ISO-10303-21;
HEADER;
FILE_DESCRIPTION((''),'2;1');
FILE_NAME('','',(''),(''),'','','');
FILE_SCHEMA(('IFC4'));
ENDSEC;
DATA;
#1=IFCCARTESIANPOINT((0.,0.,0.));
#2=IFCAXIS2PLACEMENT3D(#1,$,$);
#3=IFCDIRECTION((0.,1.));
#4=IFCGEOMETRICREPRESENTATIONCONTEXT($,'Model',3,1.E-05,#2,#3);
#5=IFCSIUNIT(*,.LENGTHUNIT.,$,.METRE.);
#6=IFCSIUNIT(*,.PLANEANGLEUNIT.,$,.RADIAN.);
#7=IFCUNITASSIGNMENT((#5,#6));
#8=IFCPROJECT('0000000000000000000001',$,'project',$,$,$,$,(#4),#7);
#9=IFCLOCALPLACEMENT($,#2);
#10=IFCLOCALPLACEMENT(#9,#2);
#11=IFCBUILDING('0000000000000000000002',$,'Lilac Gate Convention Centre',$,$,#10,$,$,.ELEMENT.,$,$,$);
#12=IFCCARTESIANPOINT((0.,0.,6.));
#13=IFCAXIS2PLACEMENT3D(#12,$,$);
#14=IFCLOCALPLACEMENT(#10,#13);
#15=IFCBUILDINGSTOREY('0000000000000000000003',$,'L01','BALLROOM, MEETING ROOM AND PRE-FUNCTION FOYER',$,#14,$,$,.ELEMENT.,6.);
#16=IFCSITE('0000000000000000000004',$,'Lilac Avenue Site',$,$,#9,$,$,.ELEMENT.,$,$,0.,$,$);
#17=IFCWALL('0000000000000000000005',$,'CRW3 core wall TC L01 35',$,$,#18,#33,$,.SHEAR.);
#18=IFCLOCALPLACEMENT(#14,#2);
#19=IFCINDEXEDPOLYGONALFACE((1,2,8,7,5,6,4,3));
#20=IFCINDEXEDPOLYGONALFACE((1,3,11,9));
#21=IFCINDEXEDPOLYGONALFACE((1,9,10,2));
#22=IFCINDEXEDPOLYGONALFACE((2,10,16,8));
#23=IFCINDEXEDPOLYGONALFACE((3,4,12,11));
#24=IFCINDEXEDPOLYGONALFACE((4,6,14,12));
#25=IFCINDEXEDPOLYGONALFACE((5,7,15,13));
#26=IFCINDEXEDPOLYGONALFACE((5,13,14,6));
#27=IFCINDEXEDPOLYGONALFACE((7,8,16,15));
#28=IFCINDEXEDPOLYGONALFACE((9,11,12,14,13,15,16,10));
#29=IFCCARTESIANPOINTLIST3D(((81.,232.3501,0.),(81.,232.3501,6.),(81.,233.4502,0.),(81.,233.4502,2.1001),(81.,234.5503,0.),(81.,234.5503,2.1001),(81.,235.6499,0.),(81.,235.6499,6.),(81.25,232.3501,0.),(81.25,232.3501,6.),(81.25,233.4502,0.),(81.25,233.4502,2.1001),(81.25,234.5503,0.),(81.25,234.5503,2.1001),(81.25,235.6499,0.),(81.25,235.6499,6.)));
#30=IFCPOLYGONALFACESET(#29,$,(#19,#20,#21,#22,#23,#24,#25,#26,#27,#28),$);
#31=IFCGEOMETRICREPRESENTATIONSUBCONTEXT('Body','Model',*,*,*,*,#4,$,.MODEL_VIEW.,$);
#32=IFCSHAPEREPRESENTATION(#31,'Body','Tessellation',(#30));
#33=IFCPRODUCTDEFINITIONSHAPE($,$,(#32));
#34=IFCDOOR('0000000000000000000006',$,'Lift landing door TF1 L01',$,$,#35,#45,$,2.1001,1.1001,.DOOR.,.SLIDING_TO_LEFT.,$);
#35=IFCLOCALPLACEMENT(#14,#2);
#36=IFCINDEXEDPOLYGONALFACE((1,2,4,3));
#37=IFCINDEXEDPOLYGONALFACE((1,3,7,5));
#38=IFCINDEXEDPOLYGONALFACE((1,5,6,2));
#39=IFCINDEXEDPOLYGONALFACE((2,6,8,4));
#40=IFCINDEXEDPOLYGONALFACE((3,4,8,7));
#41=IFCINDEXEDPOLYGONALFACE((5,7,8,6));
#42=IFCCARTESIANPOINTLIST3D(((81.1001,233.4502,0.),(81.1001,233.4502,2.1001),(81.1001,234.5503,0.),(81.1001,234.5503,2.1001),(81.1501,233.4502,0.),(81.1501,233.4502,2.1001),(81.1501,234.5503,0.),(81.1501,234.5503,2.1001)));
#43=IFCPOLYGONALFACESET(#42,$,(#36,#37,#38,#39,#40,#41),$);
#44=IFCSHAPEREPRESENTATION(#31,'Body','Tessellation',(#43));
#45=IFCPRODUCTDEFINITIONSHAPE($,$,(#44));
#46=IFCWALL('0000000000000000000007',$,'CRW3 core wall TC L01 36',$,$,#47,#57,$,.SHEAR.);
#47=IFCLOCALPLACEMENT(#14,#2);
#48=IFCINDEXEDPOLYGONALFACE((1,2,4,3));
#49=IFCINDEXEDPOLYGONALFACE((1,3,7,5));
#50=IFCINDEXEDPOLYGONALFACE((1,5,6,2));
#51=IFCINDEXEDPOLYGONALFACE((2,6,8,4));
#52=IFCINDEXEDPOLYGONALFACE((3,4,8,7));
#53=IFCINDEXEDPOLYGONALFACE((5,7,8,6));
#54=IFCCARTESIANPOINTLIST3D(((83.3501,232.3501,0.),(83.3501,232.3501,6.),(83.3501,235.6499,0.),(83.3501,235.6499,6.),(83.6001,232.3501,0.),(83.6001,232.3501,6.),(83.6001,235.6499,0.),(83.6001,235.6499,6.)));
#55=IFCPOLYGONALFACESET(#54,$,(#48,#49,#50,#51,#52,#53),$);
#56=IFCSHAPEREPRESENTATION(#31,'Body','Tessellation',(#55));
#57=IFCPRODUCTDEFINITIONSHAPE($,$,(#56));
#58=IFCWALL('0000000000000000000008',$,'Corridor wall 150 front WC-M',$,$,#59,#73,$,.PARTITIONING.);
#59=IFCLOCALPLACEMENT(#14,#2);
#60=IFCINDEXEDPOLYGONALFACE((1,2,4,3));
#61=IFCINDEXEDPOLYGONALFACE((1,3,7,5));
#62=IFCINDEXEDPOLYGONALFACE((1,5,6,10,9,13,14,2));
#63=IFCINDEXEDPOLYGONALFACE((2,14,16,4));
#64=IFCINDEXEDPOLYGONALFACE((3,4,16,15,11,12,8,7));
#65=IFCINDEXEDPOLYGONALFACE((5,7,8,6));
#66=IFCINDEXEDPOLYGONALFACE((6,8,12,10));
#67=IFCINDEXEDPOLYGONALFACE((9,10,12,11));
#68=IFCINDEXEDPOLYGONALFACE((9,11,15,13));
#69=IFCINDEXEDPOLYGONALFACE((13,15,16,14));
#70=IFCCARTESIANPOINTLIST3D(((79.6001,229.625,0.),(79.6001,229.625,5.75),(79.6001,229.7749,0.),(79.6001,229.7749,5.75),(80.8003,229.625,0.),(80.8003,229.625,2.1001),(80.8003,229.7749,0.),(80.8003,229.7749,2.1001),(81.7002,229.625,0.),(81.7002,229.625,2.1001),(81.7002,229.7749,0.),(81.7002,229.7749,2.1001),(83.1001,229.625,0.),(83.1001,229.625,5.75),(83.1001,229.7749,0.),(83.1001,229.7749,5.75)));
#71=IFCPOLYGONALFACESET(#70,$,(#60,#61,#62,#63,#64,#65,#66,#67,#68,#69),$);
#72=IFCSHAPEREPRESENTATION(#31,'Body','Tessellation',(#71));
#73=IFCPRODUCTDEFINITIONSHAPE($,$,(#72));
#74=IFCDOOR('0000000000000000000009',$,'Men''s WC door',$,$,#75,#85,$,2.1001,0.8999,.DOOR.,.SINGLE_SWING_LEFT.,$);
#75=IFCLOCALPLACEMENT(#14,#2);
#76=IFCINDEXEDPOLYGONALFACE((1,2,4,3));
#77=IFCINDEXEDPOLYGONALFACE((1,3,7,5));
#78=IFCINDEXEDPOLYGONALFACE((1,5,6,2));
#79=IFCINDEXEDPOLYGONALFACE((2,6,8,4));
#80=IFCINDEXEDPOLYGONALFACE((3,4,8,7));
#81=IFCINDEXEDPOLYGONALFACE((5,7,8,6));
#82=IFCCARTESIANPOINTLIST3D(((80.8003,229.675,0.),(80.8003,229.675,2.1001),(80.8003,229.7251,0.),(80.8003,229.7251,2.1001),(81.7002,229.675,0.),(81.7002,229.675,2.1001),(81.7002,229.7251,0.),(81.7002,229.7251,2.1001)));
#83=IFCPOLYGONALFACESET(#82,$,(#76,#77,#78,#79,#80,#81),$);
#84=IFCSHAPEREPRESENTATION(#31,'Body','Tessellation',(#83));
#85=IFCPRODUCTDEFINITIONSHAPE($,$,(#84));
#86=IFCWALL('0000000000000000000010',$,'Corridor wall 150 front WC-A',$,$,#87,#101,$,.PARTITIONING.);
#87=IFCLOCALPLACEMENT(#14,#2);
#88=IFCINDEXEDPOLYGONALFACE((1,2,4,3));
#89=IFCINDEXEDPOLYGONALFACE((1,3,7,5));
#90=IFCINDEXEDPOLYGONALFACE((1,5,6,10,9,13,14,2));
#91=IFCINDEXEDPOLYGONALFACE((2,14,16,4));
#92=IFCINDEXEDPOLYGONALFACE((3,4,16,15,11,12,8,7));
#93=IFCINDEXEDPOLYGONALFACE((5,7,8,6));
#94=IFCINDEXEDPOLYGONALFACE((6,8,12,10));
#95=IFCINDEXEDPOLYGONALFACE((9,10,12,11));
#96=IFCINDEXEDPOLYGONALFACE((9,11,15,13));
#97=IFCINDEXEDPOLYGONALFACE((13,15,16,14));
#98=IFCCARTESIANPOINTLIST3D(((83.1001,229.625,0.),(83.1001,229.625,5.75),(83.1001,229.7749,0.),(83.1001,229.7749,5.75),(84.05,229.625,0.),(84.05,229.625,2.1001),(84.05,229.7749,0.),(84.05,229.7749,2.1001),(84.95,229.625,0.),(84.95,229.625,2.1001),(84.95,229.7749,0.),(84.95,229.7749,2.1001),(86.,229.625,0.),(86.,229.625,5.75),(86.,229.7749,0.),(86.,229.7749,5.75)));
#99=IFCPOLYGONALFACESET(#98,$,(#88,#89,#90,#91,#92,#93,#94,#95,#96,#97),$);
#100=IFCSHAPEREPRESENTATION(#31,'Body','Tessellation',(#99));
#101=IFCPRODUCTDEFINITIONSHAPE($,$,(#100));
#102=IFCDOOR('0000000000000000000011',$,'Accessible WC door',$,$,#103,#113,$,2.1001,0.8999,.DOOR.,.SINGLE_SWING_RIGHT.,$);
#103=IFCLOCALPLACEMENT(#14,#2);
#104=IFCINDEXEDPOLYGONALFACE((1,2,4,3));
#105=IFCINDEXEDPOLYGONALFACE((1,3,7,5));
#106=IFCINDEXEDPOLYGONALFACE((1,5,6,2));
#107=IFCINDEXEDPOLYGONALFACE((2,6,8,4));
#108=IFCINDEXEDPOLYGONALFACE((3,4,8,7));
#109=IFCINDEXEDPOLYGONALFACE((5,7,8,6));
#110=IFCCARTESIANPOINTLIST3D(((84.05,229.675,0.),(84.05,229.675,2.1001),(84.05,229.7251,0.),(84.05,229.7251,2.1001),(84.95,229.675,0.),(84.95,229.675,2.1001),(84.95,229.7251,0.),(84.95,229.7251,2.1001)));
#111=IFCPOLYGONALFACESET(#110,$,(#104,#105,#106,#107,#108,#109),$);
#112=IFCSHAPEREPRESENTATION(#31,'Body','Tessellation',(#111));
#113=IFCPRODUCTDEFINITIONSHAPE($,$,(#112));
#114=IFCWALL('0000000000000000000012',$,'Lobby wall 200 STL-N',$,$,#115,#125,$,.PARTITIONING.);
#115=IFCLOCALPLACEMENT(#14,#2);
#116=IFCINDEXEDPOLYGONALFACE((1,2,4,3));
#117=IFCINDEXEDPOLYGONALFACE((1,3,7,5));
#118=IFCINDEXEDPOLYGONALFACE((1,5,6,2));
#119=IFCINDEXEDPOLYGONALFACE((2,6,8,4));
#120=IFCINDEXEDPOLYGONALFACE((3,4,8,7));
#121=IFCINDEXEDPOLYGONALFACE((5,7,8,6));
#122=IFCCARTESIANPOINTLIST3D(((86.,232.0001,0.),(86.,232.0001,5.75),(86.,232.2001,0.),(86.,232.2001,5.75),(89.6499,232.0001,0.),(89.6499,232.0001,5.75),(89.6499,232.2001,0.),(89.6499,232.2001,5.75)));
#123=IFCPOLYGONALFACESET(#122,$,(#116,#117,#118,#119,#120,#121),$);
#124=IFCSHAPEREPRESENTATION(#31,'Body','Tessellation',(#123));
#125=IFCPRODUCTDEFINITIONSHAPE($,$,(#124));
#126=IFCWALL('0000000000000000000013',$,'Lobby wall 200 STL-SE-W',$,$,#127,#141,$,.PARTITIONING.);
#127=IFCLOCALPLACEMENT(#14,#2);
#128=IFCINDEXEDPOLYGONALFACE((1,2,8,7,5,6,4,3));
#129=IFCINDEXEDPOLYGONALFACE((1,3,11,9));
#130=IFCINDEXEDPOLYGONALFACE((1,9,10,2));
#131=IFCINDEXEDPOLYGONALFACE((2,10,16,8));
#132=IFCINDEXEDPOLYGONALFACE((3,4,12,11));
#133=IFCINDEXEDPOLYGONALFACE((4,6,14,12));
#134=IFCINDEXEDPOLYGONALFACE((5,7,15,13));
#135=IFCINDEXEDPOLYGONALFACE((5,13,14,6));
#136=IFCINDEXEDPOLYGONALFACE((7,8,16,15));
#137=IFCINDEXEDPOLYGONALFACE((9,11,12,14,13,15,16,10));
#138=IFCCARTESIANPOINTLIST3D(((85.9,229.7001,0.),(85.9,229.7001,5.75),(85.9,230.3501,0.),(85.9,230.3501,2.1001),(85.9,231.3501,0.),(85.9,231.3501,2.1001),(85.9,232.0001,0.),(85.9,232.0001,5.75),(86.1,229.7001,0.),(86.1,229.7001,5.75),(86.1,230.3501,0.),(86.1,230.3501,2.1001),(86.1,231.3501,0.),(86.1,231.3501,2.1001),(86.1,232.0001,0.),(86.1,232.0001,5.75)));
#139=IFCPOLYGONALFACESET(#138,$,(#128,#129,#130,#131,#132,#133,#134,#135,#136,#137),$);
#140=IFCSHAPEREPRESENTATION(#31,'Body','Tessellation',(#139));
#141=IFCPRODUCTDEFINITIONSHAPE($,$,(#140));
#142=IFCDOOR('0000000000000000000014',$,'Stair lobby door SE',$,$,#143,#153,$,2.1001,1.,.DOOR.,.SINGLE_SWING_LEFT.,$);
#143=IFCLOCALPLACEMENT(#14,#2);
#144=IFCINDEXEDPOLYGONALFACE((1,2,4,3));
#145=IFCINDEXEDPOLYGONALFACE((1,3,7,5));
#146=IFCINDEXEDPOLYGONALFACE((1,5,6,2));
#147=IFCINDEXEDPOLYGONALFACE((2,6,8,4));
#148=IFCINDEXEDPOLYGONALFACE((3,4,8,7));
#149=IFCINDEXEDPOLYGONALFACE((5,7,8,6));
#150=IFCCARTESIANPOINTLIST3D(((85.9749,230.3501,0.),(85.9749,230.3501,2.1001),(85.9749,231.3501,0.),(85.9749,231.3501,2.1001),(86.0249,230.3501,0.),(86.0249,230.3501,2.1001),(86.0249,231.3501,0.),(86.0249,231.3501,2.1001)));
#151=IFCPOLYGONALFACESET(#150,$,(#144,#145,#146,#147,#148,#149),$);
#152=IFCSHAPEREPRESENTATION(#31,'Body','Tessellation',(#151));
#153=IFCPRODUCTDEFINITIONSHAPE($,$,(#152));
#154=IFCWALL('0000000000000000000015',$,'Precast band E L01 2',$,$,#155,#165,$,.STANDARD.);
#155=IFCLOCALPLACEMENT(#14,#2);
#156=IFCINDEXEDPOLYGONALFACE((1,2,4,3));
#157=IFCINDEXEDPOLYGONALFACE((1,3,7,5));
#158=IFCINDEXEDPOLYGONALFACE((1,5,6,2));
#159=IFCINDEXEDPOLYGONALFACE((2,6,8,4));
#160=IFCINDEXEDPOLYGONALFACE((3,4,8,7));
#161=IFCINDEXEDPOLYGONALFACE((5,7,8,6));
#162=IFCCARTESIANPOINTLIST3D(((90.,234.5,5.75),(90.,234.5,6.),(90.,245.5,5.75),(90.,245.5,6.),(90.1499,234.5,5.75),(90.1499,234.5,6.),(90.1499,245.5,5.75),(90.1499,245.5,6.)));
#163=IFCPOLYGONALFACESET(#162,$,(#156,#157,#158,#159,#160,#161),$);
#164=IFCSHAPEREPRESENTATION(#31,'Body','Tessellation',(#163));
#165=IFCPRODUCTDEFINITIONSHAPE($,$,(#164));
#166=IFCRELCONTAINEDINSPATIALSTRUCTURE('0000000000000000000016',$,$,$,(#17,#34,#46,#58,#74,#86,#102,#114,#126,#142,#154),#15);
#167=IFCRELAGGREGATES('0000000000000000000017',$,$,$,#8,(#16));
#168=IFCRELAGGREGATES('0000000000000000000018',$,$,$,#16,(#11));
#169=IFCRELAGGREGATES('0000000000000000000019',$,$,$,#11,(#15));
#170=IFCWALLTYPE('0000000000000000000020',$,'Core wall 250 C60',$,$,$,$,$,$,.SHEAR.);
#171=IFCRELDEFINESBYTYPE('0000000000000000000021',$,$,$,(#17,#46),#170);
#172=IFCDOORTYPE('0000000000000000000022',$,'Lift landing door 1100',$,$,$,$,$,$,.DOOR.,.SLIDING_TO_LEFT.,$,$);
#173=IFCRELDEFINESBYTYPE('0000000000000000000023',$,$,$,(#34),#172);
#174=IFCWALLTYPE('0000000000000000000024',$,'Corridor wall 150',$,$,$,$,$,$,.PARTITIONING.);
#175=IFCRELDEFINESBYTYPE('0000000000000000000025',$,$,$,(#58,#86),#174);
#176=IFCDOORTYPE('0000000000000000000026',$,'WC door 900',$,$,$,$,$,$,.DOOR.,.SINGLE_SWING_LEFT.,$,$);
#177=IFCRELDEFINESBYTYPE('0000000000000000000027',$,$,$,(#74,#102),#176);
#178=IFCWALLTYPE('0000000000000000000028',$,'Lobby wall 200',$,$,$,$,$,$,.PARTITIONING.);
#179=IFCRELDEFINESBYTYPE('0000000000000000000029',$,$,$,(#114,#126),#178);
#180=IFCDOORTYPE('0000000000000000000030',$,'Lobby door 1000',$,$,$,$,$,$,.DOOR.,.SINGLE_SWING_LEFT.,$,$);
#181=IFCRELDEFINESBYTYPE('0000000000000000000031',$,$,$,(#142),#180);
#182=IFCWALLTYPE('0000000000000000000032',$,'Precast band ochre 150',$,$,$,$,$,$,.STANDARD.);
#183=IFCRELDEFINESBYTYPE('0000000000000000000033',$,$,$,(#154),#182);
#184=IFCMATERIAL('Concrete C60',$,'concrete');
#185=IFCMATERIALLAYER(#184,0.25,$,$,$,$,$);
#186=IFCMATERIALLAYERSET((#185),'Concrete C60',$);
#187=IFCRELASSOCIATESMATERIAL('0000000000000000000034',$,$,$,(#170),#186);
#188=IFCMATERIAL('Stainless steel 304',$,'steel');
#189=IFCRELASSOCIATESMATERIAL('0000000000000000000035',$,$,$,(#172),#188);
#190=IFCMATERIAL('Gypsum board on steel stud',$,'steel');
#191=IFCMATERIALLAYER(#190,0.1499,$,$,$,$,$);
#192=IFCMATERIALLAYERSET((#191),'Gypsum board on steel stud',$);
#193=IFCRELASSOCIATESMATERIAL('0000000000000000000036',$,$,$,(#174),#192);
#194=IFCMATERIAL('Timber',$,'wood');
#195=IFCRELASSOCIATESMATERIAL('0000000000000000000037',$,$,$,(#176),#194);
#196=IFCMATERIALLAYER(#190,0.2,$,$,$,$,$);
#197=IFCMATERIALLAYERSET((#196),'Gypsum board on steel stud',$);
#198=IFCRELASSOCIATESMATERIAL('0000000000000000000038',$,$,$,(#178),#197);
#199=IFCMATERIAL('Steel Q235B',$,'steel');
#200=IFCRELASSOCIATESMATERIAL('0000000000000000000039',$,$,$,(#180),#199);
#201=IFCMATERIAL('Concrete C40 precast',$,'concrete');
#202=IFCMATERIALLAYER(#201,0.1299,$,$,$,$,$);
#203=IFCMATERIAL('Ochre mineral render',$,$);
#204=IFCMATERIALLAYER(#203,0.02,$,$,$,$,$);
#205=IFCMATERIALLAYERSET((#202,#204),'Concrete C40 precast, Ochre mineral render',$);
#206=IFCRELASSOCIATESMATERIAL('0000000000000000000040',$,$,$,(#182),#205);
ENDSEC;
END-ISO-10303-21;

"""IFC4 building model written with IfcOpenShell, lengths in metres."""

from ifc_helpers import new_model, si_unit, direction, frame, frame_2d, origin, place, context, subcontext, project, spatial, rectangle, extrude, material, layer, layer_set, type_object, element, fill, save


model = new_model("IFC4")

# Units and contexts
model_context = context("Model", 3, precision=1e-05, world=origin(), true_north=direction((0.0, 1.0)))
body_context = subcontext(model_context, "Body", "Model", "MODEL_VIEW")
ifc_project = project(units=[si_unit("LENGTHUNIT", "METRE"), si_unit("PLANEANGLEUNIT", "RADIAN")], contexts=[model_context])

# Site, building, storey
site_placement = place(None, origin())
site = spatial("IfcSite", under=ifc_project, at=site_placement, Name="Lilac Avenue Site", CompositionType="ELEMENT", RefElevation=0.0)
building_placement = place(site_placement, origin())
building = spatial("IfcBuilding", under=site, at=building_placement, Name="Lilac Gate Convention Centre", CompositionType="ELEMENT")
storey_placement = place(building_placement, frame((0.0, 0.0, 6.0)))
storey = spatial("IfcBuildingStorey", under=building, at=storey_placement, Name="L01", Description="BALLROOM, MEETING ROOM AND PRE-FUNCTION FOYER", CompositionType="ELEMENT", Elevation=6.0)

# Shared definitions
ifc_material_1 = material(Name="Concrete C60", Category="concrete")
ifc_layer_1 = layer(ifc_material_1, 0.25)
ifc_layer_set_1 = layer_set([ifc_layer_1], Name="Concrete C60")
wall_type_1 = type_object("IfcWallType", Name="Core wall 250 C60", PredefinedType="SHEAR", material=ifc_layer_set_1)

# Wall, opening, door
wall_1_placement = place(storey_placement, frame((81.125, 232.3501, 0.0), z_axis=(0.0, 0.0, 1.0), x_axis=(0.0, 1.0, 0.0)))
wall_1 = element("IfcWall", 1, at=wall_1_placement, inside=storey, type_object=wall_type_1, Name="CRW3 core wall TC L01 35", PredefinedType="SHEAR", context=body_context, shape_type="SweptSolid", body=[
    extrude(rectangle(XDim=3.2998, YDim=0.25, at=frame_2d((1.6499, 0.0))), origin(), (0.0, 0.0, 1.0), 6.0),
])
opening_1_placement = place(wall_1_placement, frame((1.1001, 0.0, 0.0)))
opening_1 = element("IfcOpeningElement", 2, at=opening_1_placement, cuts=wall_1, PredefinedType="OPENING", context=body_context, shape_type="SweptSolid", body=[
    extrude(rectangle(XDim=1.1001, YDim=2.1001, at=frame_2d((0.55, 1.05))), frame((0.0, 0.135, 0.0), z_axis=(0.0, -1.0, 0.0), x_axis=(1.0, 0.0, 0.0)), (0.0, 0.0, 1.0), 0.27),
])
ifc_material_2 = material(Name="Stainless steel 304", Category="steel")
door_type_1 = type_object("IfcDoorType", Name="Lift landing door 1100", OperationType="SLIDING_TO_LEFT", PredefinedType="DOOR", material=ifc_material_2)
door_1_placement = place(opening_1_placement, origin())
door_1 = element("IfcDoor", 3, at=door_1_placement, inside=storey, type_object=door_type_1, Name="Lift landing door TF1 L01", OperationType="SLIDING_TO_LEFT", OverallHeight=2.1001, OverallWidth=1.1001, PredefinedType="DOOR", context=body_context, shape_type="SweptSolid", body=[
    extrude(rectangle(XDim=1.1001, YDim=2.1001, at=frame_2d((0.55, 1.05))), frame((0.0, 0.0249, 0.0), z_axis=(0.0, -1.0, 0.0), x_axis=(1.0, 0.0, 0.0)), (0.0, 0.0, 1.0), 0.05),
])
fill(opening_1, door_1)

# Wall
wall_2_placement = place(storey_placement, frame((83.4751, 232.3501, 0.0), z_axis=(0.0, 0.0, 1.0), x_axis=(0.0, 1.0, 0.0)))
element("IfcWall", 4, at=wall_2_placement, inside=storey, type_object=wall_type_1, Name="CRW3 core wall TC L01 36", PredefinedType="SHEAR", context=body_context, shape_type="SweptSolid", body=[
    extrude(rectangle(XDim=3.2998, YDim=0.25, at=frame_2d((1.6499, 0.0))), origin(), (0.0, 0.0, 1.0), 6.0),
])

# Walls, openings, doors
ifc_material_3 = material(Name="Gypsum board on steel stud", Category="steel")
ifc_layer_2 = layer(ifc_material_3, 0.1499)
ifc_layer_set_2 = layer_set([ifc_layer_2], Name="Gypsum board on steel stud")
wall_type_2 = type_object("IfcWallType", Name="Corridor wall 150", PredefinedType="PARTITIONING", material=ifc_layer_set_2)
wall_3_placement = place(storey_placement, frame((83.1001, 229.7, 0.0), z_axis=(0.0, 0.0, 1.0), x_axis=(-1.0, 0.0, 0.0)))
wall_3 = element("IfcWall", 5, at=wall_3_placement, inside=storey, type_object=wall_type_2, Name="Corridor wall 150 front WC-M", PredefinedType="PARTITIONING", context=body_context, shape_type="SweptSolid", body=[
    extrude(rectangle(XDim=3.5, YDim=0.1499, at=frame_2d((1.75, 0.0))), origin(), (0.0, 0.0, 1.0), 5.75),
])
opening_2_placement = place(wall_3_placement, frame((1.3999, 0.0, 0.0)))
opening_2 = element("IfcOpeningElement", 6, at=opening_2_placement, cuts=wall_3, PredefinedType="OPENING", context=body_context, shape_type="SweptSolid", body=[
    extrude(rectangle(XDim=0.8999, YDim=2.1001, at=frame_2d((0.45, 1.05))), frame((0.0, 0.085, 0.0), z_axis=(0.0, -1.0, 0.0), x_axis=(1.0, 0.0, 0.0)), (0.0, 0.0, 1.0), 0.1699),
])
ifc_material_4 = material(Name="Timber", Category="wood")
door_type_2 = type_object("IfcDoorType", Name="WC door 900", OperationType="SINGLE_SWING_LEFT", PredefinedType="DOOR", material=ifc_material_4)
door_2_placement = place(opening_2_placement, origin())
door_2 = element("IfcDoor", 7, at=door_2_placement, inside=storey, type_object=door_type_2, Name="Men's WC door", OperationType="SINGLE_SWING_LEFT", OverallHeight=2.1001, OverallWidth=0.8999, PredefinedType="DOOR", context=body_context, shape_type="SweptSolid", body=[
    extrude(rectangle(XDim=0.8999, YDim=2.1001, at=frame_2d((0.45, 1.05))), frame((0.0, 0.0249, 0.0), z_axis=(0.0, -1.0, 0.0), x_axis=(1.0, 0.0, 0.0)), (0.0, 0.0, 1.0), 0.05),
])
fill(opening_2, door_2)
wall_4_placement = place(storey_placement, frame((86.0, 229.7, 0.0), z_axis=(0.0, 0.0, 1.0), x_axis=(-1.0, 0.0, 0.0)))
wall_4 = element("IfcWall", 8, at=wall_4_placement, inside=storey, type_object=wall_type_2, Name="Corridor wall 150 front WC-A", PredefinedType="PARTITIONING", context=body_context, shape_type="SweptSolid", body=[
    extrude(rectangle(XDim=2.8999, YDim=0.1499, at=frame_2d((1.45, 0.0))), origin(), (0.0, 0.0, 1.0), 5.75),
])
opening_3_placement = place(wall_4_placement, frame((1.05, 0.0, 0.0)))
opening_3 = element("IfcOpeningElement", 9, at=opening_3_placement, cuts=wall_4, PredefinedType="OPENING", context=body_context, shape_type="SweptSolid", body=[
    extrude(rectangle(XDim=0.8999, YDim=2.1001, at=frame_2d((0.45, 1.05))), frame((0.0, 0.085, 0.0), z_axis=(0.0, -1.0, 0.0), x_axis=(1.0, 0.0, 0.0)), (0.0, 0.0, 1.0), 0.1699),
])
door_3_placement = place(opening_3_placement, origin())
door_3 = element("IfcDoor", 10, at=door_3_placement, inside=storey, type_object=door_type_2, Name="Accessible WC door", OperationType="SINGLE_SWING_RIGHT", OverallHeight=2.1001, OverallWidth=0.8999, PredefinedType="DOOR", context=body_context, shape_type="SweptSolid", body=[
    extrude(rectangle(XDim=0.8999, YDim=2.1001, at=frame_2d((0.45, 1.05))), frame((0.0, 0.0249, 0.0), z_axis=(0.0, -1.0, 0.0), x_axis=(1.0, 0.0, 0.0)), (0.0, 0.0, 1.0), 0.05),
])
fill(opening_3, door_3)

# Wall
ifc_layer_3 = layer(ifc_material_3, 0.2)
ifc_layer_set_3 = layer_set([ifc_layer_3], Name="Gypsum board on steel stud")
wall_type_3 = type_object("IfcWallType", Name="Lobby wall 200", PredefinedType="PARTITIONING", material=ifc_layer_set_3)
wall_5_placement = place(storey_placement, frame((86.0, 232.1001, 0.0), z_axis=(0.0, 0.0, 1.0), x_axis=(1.0, 0.0, 0.0)))
element("IfcWall", 11, at=wall_5_placement, inside=storey, type_object=wall_type_3, Name="Lobby wall 200 STL-N", PredefinedType="PARTITIONING", context=body_context, shape_type="SweptSolid", body=[
    extrude(rectangle(XDim=3.6499, YDim=0.2, at=frame_2d((1.825, 0.0))), origin(), (0.0, 0.0, 1.0), 5.75),
])

# Wall, opening, door
wall_6_placement = place(storey_placement, frame((86.0, 232.0, 0.0), z_axis=(0.0, 0.0, 1.0), x_axis=(0.0, -1.0, 0.0)))
wall_6 = element("IfcWall", 12, at=wall_6_placement, inside=storey, type_object=wall_type_3, Name="Lobby wall 200 STL-SE-W", PredefinedType="PARTITIONING", context=body_context, shape_type="SweptSolid", body=[
    extrude(rectangle(XDim=2.3, YDim=0.2, at=frame_2d((1.1499, 0.0))), origin(), (0.0, 0.0, 1.0), 5.75),
])
opening_4_placement = place(wall_6_placement, frame((0.6499, 0.0, 0.0)))
opening_4 = element("IfcOpeningElement", 13, at=opening_4_placement, cuts=wall_6, PredefinedType="OPENING", context=body_context, shape_type="SweptSolid", body=[
    extrude(rectangle(XDim=1.0, YDim=2.1001, at=frame_2d((0.5, 1.05))), frame((0.0, 0.1099, 0.0), z_axis=(0.0, -1.0, 0.0), x_axis=(1.0, 0.0, 0.0)), (0.0, 0.0, 1.0), 0.22),
])
ifc_material_5 = material(Name="Steel Q235B", Category="steel")
door_type_3 = type_object("IfcDoorType", Name="Lobby door 1000", OperationType="SINGLE_SWING_LEFT", PredefinedType="DOOR", material=ifc_material_5)
door_4_placement = place(opening_4_placement, origin())
door_4 = element("IfcDoor", 14, at=door_4_placement, inside=storey, type_object=door_type_3, Name="Stair lobby door SE", OperationType="SINGLE_SWING_LEFT", OverallHeight=2.1001, OverallWidth=1.0, PredefinedType="DOOR", context=body_context, shape_type="SweptSolid", body=[
    extrude(rectangle(XDim=1.0, YDim=2.1001, at=frame_2d((0.5, 1.05))), frame((0.0, 0.0249, 0.0), z_axis=(0.0, -1.0, 0.0), x_axis=(1.0, 0.0, 0.0)), (0.0, 0.0, 1.0), 0.05),
])
fill(opening_4, door_4)

# Wall
ifc_material_6 = material(Name="Concrete C40 precast", Category="concrete")
ifc_layer_4 = layer(ifc_material_6, 0.1299)
ifc_material_7 = material(Name="Ochre mineral render")
ifc_layer_5 = layer(ifc_material_7, 0.02)
ifc_layer_set_4 = layer_set([ifc_layer_4, ifc_layer_5], Name="Concrete C40 precast, Ochre mineral render")
wall_type_4 = type_object("IfcWallType", Name="Precast band ochre 150", PredefinedType="STANDARD", material=ifc_layer_set_4)
wall_7_placement = place(storey_placement, frame((90.075, 234.5, 5.75), z_axis=(0.0, 0.0, 1.0), x_axis=(0.0, 1.0, 0.0)))
element("IfcWall", 15, at=wall_7_placement, inside=storey, type_object=wall_type_4, Name="Precast band E L01 2", PredefinedType="STANDARD", context=body_context, shape_type="SweptSolid", body=[
    extrude(rectangle(XDim=11.0, YDim=0.1499, at=frame_2d((5.5, 0.0))), origin(), (0.0, 0.0, 1.0), 0.25),
])

save(model, "model.ifc")
